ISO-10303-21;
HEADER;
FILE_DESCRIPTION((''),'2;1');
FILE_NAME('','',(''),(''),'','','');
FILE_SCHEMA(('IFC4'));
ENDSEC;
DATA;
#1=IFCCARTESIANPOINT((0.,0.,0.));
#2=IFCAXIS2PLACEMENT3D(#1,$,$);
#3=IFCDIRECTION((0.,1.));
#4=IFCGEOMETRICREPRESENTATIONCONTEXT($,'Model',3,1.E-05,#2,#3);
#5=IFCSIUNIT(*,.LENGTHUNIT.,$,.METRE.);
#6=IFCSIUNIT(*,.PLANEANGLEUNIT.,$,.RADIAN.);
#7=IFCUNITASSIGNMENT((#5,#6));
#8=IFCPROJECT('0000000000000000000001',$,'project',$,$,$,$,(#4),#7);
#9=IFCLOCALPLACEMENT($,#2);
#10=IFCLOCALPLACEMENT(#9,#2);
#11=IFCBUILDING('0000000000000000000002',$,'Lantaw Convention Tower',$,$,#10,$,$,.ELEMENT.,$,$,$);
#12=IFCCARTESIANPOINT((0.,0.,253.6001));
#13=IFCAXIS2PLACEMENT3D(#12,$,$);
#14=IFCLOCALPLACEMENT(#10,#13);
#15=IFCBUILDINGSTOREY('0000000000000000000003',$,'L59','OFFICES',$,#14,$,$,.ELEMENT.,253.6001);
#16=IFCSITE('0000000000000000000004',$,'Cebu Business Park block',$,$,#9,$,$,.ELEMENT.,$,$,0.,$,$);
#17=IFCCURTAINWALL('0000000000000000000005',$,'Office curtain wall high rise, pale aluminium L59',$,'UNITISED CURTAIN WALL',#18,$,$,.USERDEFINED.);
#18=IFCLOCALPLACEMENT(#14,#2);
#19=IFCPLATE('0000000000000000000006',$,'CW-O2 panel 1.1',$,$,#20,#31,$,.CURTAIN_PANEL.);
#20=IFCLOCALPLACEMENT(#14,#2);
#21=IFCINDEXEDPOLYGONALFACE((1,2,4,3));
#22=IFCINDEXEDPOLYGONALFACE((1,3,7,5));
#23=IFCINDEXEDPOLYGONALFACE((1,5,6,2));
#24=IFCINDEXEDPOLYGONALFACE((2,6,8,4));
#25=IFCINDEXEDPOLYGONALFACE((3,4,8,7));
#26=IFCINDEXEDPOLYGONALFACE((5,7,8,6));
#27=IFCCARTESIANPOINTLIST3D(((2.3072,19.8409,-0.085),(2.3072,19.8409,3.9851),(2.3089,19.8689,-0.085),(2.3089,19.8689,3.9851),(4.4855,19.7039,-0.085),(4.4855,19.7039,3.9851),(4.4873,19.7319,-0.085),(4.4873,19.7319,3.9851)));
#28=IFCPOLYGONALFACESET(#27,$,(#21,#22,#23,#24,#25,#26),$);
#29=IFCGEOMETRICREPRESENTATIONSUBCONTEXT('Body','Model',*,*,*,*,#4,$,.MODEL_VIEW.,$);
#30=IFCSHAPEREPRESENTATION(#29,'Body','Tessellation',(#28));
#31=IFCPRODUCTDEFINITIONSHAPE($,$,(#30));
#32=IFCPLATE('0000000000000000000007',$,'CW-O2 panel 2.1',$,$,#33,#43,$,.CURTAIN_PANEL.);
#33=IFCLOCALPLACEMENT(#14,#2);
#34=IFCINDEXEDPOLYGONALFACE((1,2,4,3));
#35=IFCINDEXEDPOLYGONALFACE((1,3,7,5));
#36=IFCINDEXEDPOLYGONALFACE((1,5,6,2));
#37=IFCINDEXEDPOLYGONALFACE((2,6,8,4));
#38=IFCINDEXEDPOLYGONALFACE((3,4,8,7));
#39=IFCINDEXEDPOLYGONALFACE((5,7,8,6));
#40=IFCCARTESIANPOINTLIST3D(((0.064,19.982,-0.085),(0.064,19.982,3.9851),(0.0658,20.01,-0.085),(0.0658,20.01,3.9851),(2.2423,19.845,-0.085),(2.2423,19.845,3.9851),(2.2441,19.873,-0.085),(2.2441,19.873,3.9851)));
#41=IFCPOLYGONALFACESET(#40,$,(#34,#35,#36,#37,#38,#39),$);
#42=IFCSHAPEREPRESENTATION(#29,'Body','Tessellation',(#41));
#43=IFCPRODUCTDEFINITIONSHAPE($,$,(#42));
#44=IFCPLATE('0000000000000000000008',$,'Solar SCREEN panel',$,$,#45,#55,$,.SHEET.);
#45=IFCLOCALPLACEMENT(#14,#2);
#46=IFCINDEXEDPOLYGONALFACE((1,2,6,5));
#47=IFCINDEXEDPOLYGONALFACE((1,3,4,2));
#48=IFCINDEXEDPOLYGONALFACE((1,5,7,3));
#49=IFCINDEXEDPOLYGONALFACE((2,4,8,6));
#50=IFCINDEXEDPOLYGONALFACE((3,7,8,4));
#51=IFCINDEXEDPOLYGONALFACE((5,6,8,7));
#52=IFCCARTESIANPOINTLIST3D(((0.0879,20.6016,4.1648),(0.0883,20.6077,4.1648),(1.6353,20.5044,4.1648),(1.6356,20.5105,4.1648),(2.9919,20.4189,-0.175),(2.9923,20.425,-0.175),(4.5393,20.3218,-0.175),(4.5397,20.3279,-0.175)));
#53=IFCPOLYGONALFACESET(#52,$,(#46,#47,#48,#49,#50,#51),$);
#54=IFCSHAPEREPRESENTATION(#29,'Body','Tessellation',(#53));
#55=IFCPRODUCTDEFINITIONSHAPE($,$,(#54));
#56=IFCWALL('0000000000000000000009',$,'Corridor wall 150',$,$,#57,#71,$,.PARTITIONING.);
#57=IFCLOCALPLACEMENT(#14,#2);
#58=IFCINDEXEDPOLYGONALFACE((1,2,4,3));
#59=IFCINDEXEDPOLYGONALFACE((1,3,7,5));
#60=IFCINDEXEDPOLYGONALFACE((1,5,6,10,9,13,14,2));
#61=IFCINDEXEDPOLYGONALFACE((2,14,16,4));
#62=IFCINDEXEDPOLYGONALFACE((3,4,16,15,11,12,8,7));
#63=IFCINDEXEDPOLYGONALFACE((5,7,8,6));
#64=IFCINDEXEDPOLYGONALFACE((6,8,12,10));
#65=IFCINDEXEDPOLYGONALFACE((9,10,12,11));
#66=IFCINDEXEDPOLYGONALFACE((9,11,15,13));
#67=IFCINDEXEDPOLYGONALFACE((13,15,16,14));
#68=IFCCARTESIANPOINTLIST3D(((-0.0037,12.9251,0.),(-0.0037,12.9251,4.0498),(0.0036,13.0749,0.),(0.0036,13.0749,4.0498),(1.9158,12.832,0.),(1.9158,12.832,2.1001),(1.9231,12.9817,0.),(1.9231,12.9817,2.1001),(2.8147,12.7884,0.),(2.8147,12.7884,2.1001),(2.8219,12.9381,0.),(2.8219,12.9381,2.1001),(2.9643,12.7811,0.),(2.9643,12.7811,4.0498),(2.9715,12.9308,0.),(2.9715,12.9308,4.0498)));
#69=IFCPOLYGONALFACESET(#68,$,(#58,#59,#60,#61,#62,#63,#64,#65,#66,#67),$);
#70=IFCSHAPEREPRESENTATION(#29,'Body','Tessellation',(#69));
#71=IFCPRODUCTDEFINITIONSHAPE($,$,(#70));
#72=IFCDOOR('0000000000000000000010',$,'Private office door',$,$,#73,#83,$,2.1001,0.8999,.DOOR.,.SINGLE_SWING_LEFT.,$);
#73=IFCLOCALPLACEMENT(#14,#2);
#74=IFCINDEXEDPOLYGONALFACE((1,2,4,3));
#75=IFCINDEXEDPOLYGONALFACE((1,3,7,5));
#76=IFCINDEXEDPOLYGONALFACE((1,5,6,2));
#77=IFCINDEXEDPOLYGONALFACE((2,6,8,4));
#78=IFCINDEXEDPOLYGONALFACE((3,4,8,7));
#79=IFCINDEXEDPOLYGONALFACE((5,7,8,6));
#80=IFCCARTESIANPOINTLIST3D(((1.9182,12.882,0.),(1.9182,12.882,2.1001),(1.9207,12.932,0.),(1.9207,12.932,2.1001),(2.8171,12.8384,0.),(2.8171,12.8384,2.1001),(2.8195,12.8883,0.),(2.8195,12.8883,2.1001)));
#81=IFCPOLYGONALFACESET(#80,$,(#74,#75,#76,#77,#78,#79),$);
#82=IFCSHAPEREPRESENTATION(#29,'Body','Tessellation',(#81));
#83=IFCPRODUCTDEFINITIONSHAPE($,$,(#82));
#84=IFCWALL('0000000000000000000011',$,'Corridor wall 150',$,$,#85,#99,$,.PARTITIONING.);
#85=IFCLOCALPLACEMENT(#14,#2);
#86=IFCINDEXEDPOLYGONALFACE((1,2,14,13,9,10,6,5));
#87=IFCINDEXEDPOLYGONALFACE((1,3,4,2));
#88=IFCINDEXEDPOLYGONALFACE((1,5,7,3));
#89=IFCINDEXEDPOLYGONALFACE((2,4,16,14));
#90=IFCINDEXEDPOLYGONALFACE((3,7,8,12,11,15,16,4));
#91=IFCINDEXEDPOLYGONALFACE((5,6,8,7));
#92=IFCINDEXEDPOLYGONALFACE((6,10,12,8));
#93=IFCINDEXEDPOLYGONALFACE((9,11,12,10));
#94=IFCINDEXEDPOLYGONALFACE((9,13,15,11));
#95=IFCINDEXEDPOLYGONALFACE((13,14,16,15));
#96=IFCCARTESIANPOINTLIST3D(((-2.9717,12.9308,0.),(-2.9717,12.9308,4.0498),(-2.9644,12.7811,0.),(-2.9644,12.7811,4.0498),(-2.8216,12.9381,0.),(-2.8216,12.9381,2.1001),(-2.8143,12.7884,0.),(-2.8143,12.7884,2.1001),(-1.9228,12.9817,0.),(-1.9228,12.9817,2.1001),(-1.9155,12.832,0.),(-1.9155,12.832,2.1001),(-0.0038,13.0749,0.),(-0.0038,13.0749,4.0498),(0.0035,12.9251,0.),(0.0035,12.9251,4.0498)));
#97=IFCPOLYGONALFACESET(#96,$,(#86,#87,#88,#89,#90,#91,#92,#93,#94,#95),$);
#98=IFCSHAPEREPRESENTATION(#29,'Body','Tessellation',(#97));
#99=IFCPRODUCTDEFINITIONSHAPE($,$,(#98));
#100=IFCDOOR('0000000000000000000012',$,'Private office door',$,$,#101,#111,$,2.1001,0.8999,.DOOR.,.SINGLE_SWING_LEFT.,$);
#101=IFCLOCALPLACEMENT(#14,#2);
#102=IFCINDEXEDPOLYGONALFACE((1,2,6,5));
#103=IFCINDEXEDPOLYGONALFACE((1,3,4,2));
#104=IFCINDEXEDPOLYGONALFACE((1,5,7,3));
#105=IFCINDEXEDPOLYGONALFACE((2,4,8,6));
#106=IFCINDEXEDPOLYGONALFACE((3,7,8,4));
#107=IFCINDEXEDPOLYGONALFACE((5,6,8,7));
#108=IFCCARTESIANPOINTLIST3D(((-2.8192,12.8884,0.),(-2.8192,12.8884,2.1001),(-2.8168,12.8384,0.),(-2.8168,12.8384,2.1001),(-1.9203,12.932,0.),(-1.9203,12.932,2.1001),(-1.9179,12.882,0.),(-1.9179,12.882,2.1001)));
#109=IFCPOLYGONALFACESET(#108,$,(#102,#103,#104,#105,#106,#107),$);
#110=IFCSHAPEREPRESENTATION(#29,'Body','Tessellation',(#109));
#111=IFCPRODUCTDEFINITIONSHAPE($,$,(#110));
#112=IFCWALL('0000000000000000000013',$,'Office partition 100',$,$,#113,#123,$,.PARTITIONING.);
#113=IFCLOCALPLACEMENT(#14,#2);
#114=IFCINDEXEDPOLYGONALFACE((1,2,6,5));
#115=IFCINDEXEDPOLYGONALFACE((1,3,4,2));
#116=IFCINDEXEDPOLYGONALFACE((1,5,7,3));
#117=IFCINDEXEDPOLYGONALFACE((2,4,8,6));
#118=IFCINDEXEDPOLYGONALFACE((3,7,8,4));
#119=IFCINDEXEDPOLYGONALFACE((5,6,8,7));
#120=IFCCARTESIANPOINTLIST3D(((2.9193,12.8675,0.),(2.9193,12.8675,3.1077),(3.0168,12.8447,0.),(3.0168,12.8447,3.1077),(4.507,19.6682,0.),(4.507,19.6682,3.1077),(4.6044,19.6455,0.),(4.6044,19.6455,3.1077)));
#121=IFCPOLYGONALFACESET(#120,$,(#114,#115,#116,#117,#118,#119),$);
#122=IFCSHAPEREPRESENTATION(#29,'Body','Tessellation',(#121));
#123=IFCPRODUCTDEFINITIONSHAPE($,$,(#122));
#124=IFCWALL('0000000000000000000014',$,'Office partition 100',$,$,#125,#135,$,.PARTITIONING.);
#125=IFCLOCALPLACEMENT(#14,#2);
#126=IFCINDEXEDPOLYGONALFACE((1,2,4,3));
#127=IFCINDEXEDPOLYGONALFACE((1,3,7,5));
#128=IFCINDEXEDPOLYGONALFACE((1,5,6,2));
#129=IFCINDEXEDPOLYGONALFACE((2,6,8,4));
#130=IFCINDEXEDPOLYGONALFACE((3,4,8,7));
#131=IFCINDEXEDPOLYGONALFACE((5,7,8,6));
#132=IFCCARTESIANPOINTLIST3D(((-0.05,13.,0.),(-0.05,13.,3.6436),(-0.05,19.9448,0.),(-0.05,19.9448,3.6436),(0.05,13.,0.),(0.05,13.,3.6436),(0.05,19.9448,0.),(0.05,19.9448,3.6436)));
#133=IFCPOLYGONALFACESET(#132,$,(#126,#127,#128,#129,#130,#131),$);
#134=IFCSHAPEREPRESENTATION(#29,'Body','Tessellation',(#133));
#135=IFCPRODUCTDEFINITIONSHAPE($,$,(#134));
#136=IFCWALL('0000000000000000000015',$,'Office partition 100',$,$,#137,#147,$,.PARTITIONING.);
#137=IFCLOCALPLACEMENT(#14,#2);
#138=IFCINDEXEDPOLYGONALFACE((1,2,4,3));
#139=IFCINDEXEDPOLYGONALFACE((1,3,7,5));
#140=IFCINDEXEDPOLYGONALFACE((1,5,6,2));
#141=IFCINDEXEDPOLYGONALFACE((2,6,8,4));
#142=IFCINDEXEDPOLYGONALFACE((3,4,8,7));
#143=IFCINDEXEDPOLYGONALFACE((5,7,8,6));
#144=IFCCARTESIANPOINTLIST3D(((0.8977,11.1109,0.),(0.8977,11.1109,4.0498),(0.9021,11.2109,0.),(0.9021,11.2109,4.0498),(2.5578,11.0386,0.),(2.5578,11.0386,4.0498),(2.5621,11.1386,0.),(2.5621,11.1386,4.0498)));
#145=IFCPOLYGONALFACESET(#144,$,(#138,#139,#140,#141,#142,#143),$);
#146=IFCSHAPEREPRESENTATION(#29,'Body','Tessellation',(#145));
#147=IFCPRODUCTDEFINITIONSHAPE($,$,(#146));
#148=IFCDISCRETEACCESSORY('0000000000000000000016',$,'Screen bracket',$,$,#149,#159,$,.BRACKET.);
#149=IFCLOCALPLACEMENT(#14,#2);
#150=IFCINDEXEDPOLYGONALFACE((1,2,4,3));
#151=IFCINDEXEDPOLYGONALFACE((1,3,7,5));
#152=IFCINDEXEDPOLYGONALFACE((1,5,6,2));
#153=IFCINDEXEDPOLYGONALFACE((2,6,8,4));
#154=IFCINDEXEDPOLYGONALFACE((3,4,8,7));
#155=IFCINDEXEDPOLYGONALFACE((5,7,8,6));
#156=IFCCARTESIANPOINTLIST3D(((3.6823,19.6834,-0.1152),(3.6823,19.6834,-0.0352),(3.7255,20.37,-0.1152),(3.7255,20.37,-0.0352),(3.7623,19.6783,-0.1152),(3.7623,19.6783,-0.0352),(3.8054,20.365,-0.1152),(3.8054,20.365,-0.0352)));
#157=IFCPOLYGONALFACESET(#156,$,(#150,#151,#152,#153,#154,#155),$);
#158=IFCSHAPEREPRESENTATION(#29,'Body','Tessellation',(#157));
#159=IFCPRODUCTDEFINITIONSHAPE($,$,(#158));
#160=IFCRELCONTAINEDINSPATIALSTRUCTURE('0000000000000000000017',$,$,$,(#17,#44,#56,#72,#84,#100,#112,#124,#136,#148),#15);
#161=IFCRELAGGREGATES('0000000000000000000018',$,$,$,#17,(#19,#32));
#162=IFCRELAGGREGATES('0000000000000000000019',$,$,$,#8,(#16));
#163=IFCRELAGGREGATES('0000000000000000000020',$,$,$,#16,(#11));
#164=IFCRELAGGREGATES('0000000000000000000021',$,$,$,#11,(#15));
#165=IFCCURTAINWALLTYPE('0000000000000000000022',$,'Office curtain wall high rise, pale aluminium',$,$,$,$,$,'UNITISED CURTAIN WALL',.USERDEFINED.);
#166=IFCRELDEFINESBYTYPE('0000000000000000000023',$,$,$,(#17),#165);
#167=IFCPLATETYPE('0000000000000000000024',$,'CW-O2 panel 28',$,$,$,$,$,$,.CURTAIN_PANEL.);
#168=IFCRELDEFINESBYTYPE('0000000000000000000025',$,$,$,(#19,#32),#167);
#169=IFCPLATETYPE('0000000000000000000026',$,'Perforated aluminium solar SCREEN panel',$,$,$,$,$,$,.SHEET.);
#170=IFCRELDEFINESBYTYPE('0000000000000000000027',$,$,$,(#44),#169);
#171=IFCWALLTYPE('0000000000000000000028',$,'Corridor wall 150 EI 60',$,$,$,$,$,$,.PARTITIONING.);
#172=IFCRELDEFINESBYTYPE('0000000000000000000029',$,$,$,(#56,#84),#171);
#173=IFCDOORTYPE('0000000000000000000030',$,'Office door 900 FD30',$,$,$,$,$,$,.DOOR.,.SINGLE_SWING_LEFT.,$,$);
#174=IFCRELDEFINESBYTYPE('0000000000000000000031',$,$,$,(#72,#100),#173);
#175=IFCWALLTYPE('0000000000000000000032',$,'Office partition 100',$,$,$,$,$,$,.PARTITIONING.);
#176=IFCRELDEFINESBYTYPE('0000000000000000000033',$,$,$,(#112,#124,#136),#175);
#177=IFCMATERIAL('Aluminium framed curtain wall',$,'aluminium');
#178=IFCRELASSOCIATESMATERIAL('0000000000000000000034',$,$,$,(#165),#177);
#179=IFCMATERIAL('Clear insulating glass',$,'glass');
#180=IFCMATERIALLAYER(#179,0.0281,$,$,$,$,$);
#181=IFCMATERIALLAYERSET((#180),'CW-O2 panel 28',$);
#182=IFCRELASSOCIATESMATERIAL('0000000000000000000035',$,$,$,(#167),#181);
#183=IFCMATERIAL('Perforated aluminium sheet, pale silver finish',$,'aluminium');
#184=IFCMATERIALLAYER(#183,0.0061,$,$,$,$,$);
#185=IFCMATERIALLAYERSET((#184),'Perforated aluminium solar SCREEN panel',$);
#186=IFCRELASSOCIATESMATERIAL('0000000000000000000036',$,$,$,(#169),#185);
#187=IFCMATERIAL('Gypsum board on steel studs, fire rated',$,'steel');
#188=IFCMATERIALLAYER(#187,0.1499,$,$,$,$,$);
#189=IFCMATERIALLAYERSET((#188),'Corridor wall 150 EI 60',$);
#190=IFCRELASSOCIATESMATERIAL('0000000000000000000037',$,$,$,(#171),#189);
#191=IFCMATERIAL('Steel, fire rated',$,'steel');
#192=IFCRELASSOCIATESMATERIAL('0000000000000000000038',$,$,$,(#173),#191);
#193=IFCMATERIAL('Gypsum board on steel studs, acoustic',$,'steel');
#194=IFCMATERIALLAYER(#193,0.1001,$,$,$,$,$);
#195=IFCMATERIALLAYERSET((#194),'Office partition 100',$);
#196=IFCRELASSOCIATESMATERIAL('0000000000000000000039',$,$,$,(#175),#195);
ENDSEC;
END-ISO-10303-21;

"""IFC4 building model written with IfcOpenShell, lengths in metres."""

from ifc_helpers import new_model, si_unit, direction, frame, frame_2d, origin, origin_2d, place, context, subcontext, project, spatial, polyline, rectangle, outline, extrude, material, layer, layer_set, type_object, element, fill, aggregate, save


model = new_model("IFC4")

# Units and contexts
model_context = context("Model", 3, precision=1e-05, world=origin(), true_north=direction((0.0, 1.0)))
body_context = subcontext(model_context, "Body", "Model", "MODEL_VIEW")
ifc_project = project(units=[si_unit("LENGTHUNIT", "METRE"), si_unit("PLANEANGLEUNIT", "RADIAN")], contexts=[model_context])

# Site, building, storey
site_placement = place(None, origin())
site = spatial("IfcSite", under=ifc_project, at=site_placement, Name="Cebu Business Park block", CompositionType="ELEMENT", RefElevation=0.0)
building_placement = place(site_placement, origin())
building = spatial("IfcBuilding", under=site, at=building_placement, Name="Lantaw Convention Tower", CompositionType="ELEMENT")
storey_placement = place(building_placement, frame((0.0, 0.0, 253.6001)))
storey = spatial("IfcBuildingStorey", under=building, at=storey_placement, Name="L59", Description="OFFICES", CompositionType="ELEMENT", Elevation=253.6001)

# Shared definitions
ifc_material_1 = material(Name="Aluminium framed curtain wall", Category="aluminium")
curtain_wall_type = type_object("IfcCurtainWallType", Name="Office curtain wall high rise, pale aluminium", ElementType="UNITISED CURTAIN WALL", PredefinedType="USERDEFINED", material=ifc_material_1)

# Curtain wall, plates
curtain_wall_1_placement = place(storey_placement, origin())
curtain_wall_1 = element("IfcCurtainWall", 1, at=curtain_wall_1_placement, inside=storey, type_object=curtain_wall_type, Name="Office curtain wall high rise, pale aluminium L59", ObjectType="UNITISED CURTAIN WALL", PredefinedType="USERDEFINED")
ifc_material_2 = material(Name="Clear insulating glass", Category="glass")
ifc_layer_1 = layer(ifc_material_2, 0.0281)
ifc_layer_set_1 = layer_set([ifc_layer_1], Name="CW-O2 panel 28")
plate_type_1 = type_object("IfcPlateType", Name="CW-O2 panel 28", PredefinedType="CURTAIN_PANEL", material=ifc_layer_set_1)
plate_1_placement = place(storey_placement, frame((3.3972, 19.7864, -0.085), z_axis=(0.0, 0.0, 1.0), x_axis=(-0.998029, 0.062758, 0.0)))
plate_1 = element("IfcPlate", 2, at=plate_1_placement, type_object=plate_type_1, Name="CW-O2 panel 1.1", PredefinedType="CURTAIN_PANEL", context=body_context, shape_type="SweptSolid", body=[
    extrude(rectangle(XDim=2.1826, YDim=0.0281, at=origin_2d()), origin(), (0.0, 0.0, 1.0), 4.0701),
])
plate_2_placement = place(storey_placement, frame((1.1541, 19.9275, -0.085), z_axis=(0.0, 0.0, 1.0), x_axis=(-0.998029, 0.062758, 0.0)))
plate_2 = element("IfcPlate", 3, at=plate_2_placement, type_object=plate_type_1, Name="CW-O2 panel 2.1", PredefinedType="CURTAIN_PANEL", context=body_context, shape_type="SweptSolid", body=[
    extrude(rectangle(XDim=2.1826, YDim=0.0281, at=origin_2d()), origin(), (0.0, 0.0, 1.0), 4.0701),
])
aggregate(curtain_wall_1, [plate_1, plate_2])

# Plate
ifc_material_3 = material(Name="Perforated aluminium sheet, pale silver finish", Category="aluminium")
ifc_layer_2 = layer(ifc_material_3, 0.0061)
ifc_layer_set_2 = layer_set([ifc_layer_2], Name="Perforated aluminium solar SCREEN panel")
plate_type_2 = type_object("IfcPlateType", Name="Perforated aluminium solar SCREEN panel", PredefinedType="SHEET", material=ifc_layer_set_2)
plate_3_placement = place(storey_placement, frame((4.5393, 20.3218, -0.175), z_axis=(-0.062672, -0.998034, 0.000059), x_axis=(-0.998034, 0.062672, 0.0)))
element("IfcPlate", 4, at=plate_3_placement, inside=storey, type_object=plate_type_2, Name="Solar SCREEN panel", PredefinedType="SHEET", context=body_context, shape_type="SweptSolid", body=[
    extrude(outline(polyline([(0.0, 0.0), (1.5504, 0.0), (4.4602, -4.3398), (2.9098, -4.3398), (0.0, 0.0)])), origin(), (0.0, 0.0, -1.0), 0.0061),
])

# Walls, openings, doors
ifc_material_4 = material(Name="Gypsum board on steel studs, fire rated", Category="steel")
ifc_layer_3 = layer(ifc_material_4, 0.1499)
ifc_layer_set_3 = layer_set([ifc_layer_3], Name="Corridor wall 150 EI 60")
wall_type_1 = type_object("IfcWallType", Name="Corridor wall 150 EI 60", PredefinedType="PARTITIONING", material=ifc_layer_set_3)
wall_1_placement = place(storey_placement, frame((2.968, 12.856, 0.0), z_axis=(0.0, 0.0, 1.0), x_axis=(-0.998824, 0.048475, 0.0)))
wall_1 = element("IfcWall", 5, at=wall_1_placement, inside=storey, type_object=wall_type_1, Name="Corridor wall 150", PredefinedType="PARTITIONING", context=body_context, shape_type="SweptSolid", body=[
    extrude(rectangle(XDim=2.9714, YDim=0.1499, at=frame_2d((1.4858, 0.0))), origin(), (0.0, 0.0, 1.0), 4.0498),
])
opening_1_placement = place(wall_1_placement, frame((0.1499, 0.0, 0.0)))
opening_1 = element("IfcOpeningElement", 6, at=opening_1_placement, cuts=wall_1, PredefinedType="OPENING", context=body_context, shape_type="SweptSolid", body=[
    extrude(rectangle(XDim=0.8999, YDim=2.1001, at=frame_2d((0.45, 1.05))), frame((0.0, 0.085, 0.0), z_axis=(0.0, -1.0, 0.0), x_axis=(1.0, 0.0, 0.0)), (0.0, 0.0, 1.0), 0.1699),
])
ifc_material_5 = material(Name="Steel, fire rated", Category="steel")
door_type = type_object("IfcDoorType", Name="Office door 900 FD30", OperationType="SINGLE_SWING_LEFT", PredefinedType="DOOR", material=ifc_material_5)
door_1_placement = place(opening_1_placement, origin())
door_1 = element("IfcDoor", 7, at=door_1_placement, inside=storey, type_object=door_type, Name="Private office door", OperationType="SINGLE_SWING_LEFT", OverallHeight=2.1001, OverallWidth=0.8999, PredefinedType="DOOR", context=body_context, shape_type="SweptSolid", body=[
    extrude(rectangle(XDim=0.8999, YDim=2.1001, at=frame_2d((0.45, 1.05))), frame((0.0, 0.0249, 0.0), z_axis=(0.0, -1.0, 0.0), x_axis=(1.0, 0.0, 0.0)), (0.0, 0.0, 1.0), 0.05),
])
fill(opening_1, door_1)
wall_2_placement = place(storey_placement, frame((0.0, 13.0, 0.0), z_axis=(0.0, 0.0, 1.0), x_axis=(-0.998824, -0.048475, 0.0)))
wall_2 = element("IfcWall", 8, at=wall_2_placement, inside=storey, type_object=wall_type_1, Name="Corridor wall 150", PredefinedType="PARTITIONING", context=body_context, shape_type="SweptSolid", body=[
    extrude(rectangle(XDim=2.9714, YDim=0.1499, at=frame_2d((1.4858, 0.0))), origin(), (0.0, 0.0, 1.0), 4.0498),
])
opening_2_placement = place(wall_2_placement, frame((1.9214, 0.0, 0.0)))
opening_2 = element("IfcOpeningElement", 9, at=opening_2_placement, cuts=wall_2, PredefinedType="OPENING", context=body_context, shape_type="SweptSolid", body=[
    extrude(rectangle(XDim=0.8999, YDim=2.1001, at=frame_2d((0.45, 1.05))), frame((0.0, 0.085, 0.0), z_axis=(0.0, -1.0, 0.0), x_axis=(1.0, 0.0, 0.0)), (0.0, 0.0, 1.0), 0.1699),
])
door_2_placement = place(opening_2_placement, origin())
door_2 = element("IfcDoor", 10, at=door_2_placement, inside=storey, type_object=door_type, Name="Private office door", OperationType="SINGLE_SWING_LEFT", OverallHeight=2.1001, OverallWidth=0.8999, PredefinedType="DOOR", context=body_context, shape_type="SweptSolid", body=[
    extrude(rectangle(XDim=0.8999, YDim=2.1001, at=frame_2d((0.45, 1.05))), frame((0.0, 0.0249, 0.0), z_axis=(0.0, -1.0, 0.0), x_axis=(1.0, 0.0, 0.0)), (0.0, 0.0, 1.0), 0.05),
])
fill(opening_2, door_2)

# Walls
ifc_material_6 = material(Name="Gypsum board on steel studs, acoustic", Category="steel")
ifc_layer_4 = layer(ifc_material_6, 0.1001)
ifc_layer_set_4 = layer_set([ifc_layer_4], Name="Office partition 100")
wall_type_2 = type_object("IfcWallType", Name="Office partition 100", PredefinedType="PARTITIONING", material=ifc_layer_set_4)
wall_3_placement = place(storey_placement, frame((4.5557, 19.6567, 0.0), z_axis=(0.0, 0.0, 1.0), x_axis=(-0.227338, -0.973816, 0.0)))
element("IfcWall", 11, at=wall_3_placement, inside=storey, type_object=wall_type_2, Name="Office partition 100", PredefinedType="PARTITIONING", context=body_context, shape_type="SweptSolid", body=[
    extrude(rectangle(XDim=6.9836, YDim=0.1001, at=frame_2d((3.4917, 0.0))), origin(), (0.0, 0.0, 1.0), 3.1077),
])
wall_4_placement = place(storey_placement, frame((0.0, 19.9448, 0.0), z_axis=(0.0, 0.0, 1.0), x_axis=(0.0, -1.0, 0.0)))
element("IfcWall", 12, at=wall_4_placement, inside=storey, type_object=wall_type_2, Name="Office partition 100", PredefinedType="PARTITIONING", context=body_context, shape_type="SweptSolid", body=[
    extrude(rectangle(XDim=6.9448, YDim=0.1001, at=frame_2d((3.4724, 0.0))), origin(), (0.0, 0.0, 1.0), 3.6436),
])
wall_5_placement = place(storey_placement, frame((0.8999, 11.1609, 0.0), z_axis=(0.0, 0.0, 1.0), x_axis=(0.999054, -0.043488, 0.0)))
element("IfcWall", 13, at=wall_5_placement, inside=storey, type_object=wall_type_2, Name="Office partition 100", PredefinedType="PARTITIONING", context=body_context, shape_type="SweptSolid", body=[
    extrude(rectangle(XDim=1.6616, YDim=0.1001, at=frame_2d((0.8308, 0.0))), origin(), (0.0, 0.0, 1.0), 4.0498),
])

# Discrete accessory
discrete_accessory_placement = place(storey_placement, frame((3.7439, 20.0242, -0.1152), z_axis=(0.0, 0.0, 1.0), x_axis=(-0.998029, 0.062758, 0.0)))
element("IfcDiscreteAccessory", 14, at=discrete_accessory_placement, inside=storey, Name="Screen bracket", PredefinedType="BRACKET", context=body_context, shape_type="SweptSolid", body=[
    extrude(rectangle(XDim=0.0801, YDim=0.688, at=origin_2d()), origin(), (0.0, 0.0, 1.0), 0.0801),
])

save(model, "model.ifc")
